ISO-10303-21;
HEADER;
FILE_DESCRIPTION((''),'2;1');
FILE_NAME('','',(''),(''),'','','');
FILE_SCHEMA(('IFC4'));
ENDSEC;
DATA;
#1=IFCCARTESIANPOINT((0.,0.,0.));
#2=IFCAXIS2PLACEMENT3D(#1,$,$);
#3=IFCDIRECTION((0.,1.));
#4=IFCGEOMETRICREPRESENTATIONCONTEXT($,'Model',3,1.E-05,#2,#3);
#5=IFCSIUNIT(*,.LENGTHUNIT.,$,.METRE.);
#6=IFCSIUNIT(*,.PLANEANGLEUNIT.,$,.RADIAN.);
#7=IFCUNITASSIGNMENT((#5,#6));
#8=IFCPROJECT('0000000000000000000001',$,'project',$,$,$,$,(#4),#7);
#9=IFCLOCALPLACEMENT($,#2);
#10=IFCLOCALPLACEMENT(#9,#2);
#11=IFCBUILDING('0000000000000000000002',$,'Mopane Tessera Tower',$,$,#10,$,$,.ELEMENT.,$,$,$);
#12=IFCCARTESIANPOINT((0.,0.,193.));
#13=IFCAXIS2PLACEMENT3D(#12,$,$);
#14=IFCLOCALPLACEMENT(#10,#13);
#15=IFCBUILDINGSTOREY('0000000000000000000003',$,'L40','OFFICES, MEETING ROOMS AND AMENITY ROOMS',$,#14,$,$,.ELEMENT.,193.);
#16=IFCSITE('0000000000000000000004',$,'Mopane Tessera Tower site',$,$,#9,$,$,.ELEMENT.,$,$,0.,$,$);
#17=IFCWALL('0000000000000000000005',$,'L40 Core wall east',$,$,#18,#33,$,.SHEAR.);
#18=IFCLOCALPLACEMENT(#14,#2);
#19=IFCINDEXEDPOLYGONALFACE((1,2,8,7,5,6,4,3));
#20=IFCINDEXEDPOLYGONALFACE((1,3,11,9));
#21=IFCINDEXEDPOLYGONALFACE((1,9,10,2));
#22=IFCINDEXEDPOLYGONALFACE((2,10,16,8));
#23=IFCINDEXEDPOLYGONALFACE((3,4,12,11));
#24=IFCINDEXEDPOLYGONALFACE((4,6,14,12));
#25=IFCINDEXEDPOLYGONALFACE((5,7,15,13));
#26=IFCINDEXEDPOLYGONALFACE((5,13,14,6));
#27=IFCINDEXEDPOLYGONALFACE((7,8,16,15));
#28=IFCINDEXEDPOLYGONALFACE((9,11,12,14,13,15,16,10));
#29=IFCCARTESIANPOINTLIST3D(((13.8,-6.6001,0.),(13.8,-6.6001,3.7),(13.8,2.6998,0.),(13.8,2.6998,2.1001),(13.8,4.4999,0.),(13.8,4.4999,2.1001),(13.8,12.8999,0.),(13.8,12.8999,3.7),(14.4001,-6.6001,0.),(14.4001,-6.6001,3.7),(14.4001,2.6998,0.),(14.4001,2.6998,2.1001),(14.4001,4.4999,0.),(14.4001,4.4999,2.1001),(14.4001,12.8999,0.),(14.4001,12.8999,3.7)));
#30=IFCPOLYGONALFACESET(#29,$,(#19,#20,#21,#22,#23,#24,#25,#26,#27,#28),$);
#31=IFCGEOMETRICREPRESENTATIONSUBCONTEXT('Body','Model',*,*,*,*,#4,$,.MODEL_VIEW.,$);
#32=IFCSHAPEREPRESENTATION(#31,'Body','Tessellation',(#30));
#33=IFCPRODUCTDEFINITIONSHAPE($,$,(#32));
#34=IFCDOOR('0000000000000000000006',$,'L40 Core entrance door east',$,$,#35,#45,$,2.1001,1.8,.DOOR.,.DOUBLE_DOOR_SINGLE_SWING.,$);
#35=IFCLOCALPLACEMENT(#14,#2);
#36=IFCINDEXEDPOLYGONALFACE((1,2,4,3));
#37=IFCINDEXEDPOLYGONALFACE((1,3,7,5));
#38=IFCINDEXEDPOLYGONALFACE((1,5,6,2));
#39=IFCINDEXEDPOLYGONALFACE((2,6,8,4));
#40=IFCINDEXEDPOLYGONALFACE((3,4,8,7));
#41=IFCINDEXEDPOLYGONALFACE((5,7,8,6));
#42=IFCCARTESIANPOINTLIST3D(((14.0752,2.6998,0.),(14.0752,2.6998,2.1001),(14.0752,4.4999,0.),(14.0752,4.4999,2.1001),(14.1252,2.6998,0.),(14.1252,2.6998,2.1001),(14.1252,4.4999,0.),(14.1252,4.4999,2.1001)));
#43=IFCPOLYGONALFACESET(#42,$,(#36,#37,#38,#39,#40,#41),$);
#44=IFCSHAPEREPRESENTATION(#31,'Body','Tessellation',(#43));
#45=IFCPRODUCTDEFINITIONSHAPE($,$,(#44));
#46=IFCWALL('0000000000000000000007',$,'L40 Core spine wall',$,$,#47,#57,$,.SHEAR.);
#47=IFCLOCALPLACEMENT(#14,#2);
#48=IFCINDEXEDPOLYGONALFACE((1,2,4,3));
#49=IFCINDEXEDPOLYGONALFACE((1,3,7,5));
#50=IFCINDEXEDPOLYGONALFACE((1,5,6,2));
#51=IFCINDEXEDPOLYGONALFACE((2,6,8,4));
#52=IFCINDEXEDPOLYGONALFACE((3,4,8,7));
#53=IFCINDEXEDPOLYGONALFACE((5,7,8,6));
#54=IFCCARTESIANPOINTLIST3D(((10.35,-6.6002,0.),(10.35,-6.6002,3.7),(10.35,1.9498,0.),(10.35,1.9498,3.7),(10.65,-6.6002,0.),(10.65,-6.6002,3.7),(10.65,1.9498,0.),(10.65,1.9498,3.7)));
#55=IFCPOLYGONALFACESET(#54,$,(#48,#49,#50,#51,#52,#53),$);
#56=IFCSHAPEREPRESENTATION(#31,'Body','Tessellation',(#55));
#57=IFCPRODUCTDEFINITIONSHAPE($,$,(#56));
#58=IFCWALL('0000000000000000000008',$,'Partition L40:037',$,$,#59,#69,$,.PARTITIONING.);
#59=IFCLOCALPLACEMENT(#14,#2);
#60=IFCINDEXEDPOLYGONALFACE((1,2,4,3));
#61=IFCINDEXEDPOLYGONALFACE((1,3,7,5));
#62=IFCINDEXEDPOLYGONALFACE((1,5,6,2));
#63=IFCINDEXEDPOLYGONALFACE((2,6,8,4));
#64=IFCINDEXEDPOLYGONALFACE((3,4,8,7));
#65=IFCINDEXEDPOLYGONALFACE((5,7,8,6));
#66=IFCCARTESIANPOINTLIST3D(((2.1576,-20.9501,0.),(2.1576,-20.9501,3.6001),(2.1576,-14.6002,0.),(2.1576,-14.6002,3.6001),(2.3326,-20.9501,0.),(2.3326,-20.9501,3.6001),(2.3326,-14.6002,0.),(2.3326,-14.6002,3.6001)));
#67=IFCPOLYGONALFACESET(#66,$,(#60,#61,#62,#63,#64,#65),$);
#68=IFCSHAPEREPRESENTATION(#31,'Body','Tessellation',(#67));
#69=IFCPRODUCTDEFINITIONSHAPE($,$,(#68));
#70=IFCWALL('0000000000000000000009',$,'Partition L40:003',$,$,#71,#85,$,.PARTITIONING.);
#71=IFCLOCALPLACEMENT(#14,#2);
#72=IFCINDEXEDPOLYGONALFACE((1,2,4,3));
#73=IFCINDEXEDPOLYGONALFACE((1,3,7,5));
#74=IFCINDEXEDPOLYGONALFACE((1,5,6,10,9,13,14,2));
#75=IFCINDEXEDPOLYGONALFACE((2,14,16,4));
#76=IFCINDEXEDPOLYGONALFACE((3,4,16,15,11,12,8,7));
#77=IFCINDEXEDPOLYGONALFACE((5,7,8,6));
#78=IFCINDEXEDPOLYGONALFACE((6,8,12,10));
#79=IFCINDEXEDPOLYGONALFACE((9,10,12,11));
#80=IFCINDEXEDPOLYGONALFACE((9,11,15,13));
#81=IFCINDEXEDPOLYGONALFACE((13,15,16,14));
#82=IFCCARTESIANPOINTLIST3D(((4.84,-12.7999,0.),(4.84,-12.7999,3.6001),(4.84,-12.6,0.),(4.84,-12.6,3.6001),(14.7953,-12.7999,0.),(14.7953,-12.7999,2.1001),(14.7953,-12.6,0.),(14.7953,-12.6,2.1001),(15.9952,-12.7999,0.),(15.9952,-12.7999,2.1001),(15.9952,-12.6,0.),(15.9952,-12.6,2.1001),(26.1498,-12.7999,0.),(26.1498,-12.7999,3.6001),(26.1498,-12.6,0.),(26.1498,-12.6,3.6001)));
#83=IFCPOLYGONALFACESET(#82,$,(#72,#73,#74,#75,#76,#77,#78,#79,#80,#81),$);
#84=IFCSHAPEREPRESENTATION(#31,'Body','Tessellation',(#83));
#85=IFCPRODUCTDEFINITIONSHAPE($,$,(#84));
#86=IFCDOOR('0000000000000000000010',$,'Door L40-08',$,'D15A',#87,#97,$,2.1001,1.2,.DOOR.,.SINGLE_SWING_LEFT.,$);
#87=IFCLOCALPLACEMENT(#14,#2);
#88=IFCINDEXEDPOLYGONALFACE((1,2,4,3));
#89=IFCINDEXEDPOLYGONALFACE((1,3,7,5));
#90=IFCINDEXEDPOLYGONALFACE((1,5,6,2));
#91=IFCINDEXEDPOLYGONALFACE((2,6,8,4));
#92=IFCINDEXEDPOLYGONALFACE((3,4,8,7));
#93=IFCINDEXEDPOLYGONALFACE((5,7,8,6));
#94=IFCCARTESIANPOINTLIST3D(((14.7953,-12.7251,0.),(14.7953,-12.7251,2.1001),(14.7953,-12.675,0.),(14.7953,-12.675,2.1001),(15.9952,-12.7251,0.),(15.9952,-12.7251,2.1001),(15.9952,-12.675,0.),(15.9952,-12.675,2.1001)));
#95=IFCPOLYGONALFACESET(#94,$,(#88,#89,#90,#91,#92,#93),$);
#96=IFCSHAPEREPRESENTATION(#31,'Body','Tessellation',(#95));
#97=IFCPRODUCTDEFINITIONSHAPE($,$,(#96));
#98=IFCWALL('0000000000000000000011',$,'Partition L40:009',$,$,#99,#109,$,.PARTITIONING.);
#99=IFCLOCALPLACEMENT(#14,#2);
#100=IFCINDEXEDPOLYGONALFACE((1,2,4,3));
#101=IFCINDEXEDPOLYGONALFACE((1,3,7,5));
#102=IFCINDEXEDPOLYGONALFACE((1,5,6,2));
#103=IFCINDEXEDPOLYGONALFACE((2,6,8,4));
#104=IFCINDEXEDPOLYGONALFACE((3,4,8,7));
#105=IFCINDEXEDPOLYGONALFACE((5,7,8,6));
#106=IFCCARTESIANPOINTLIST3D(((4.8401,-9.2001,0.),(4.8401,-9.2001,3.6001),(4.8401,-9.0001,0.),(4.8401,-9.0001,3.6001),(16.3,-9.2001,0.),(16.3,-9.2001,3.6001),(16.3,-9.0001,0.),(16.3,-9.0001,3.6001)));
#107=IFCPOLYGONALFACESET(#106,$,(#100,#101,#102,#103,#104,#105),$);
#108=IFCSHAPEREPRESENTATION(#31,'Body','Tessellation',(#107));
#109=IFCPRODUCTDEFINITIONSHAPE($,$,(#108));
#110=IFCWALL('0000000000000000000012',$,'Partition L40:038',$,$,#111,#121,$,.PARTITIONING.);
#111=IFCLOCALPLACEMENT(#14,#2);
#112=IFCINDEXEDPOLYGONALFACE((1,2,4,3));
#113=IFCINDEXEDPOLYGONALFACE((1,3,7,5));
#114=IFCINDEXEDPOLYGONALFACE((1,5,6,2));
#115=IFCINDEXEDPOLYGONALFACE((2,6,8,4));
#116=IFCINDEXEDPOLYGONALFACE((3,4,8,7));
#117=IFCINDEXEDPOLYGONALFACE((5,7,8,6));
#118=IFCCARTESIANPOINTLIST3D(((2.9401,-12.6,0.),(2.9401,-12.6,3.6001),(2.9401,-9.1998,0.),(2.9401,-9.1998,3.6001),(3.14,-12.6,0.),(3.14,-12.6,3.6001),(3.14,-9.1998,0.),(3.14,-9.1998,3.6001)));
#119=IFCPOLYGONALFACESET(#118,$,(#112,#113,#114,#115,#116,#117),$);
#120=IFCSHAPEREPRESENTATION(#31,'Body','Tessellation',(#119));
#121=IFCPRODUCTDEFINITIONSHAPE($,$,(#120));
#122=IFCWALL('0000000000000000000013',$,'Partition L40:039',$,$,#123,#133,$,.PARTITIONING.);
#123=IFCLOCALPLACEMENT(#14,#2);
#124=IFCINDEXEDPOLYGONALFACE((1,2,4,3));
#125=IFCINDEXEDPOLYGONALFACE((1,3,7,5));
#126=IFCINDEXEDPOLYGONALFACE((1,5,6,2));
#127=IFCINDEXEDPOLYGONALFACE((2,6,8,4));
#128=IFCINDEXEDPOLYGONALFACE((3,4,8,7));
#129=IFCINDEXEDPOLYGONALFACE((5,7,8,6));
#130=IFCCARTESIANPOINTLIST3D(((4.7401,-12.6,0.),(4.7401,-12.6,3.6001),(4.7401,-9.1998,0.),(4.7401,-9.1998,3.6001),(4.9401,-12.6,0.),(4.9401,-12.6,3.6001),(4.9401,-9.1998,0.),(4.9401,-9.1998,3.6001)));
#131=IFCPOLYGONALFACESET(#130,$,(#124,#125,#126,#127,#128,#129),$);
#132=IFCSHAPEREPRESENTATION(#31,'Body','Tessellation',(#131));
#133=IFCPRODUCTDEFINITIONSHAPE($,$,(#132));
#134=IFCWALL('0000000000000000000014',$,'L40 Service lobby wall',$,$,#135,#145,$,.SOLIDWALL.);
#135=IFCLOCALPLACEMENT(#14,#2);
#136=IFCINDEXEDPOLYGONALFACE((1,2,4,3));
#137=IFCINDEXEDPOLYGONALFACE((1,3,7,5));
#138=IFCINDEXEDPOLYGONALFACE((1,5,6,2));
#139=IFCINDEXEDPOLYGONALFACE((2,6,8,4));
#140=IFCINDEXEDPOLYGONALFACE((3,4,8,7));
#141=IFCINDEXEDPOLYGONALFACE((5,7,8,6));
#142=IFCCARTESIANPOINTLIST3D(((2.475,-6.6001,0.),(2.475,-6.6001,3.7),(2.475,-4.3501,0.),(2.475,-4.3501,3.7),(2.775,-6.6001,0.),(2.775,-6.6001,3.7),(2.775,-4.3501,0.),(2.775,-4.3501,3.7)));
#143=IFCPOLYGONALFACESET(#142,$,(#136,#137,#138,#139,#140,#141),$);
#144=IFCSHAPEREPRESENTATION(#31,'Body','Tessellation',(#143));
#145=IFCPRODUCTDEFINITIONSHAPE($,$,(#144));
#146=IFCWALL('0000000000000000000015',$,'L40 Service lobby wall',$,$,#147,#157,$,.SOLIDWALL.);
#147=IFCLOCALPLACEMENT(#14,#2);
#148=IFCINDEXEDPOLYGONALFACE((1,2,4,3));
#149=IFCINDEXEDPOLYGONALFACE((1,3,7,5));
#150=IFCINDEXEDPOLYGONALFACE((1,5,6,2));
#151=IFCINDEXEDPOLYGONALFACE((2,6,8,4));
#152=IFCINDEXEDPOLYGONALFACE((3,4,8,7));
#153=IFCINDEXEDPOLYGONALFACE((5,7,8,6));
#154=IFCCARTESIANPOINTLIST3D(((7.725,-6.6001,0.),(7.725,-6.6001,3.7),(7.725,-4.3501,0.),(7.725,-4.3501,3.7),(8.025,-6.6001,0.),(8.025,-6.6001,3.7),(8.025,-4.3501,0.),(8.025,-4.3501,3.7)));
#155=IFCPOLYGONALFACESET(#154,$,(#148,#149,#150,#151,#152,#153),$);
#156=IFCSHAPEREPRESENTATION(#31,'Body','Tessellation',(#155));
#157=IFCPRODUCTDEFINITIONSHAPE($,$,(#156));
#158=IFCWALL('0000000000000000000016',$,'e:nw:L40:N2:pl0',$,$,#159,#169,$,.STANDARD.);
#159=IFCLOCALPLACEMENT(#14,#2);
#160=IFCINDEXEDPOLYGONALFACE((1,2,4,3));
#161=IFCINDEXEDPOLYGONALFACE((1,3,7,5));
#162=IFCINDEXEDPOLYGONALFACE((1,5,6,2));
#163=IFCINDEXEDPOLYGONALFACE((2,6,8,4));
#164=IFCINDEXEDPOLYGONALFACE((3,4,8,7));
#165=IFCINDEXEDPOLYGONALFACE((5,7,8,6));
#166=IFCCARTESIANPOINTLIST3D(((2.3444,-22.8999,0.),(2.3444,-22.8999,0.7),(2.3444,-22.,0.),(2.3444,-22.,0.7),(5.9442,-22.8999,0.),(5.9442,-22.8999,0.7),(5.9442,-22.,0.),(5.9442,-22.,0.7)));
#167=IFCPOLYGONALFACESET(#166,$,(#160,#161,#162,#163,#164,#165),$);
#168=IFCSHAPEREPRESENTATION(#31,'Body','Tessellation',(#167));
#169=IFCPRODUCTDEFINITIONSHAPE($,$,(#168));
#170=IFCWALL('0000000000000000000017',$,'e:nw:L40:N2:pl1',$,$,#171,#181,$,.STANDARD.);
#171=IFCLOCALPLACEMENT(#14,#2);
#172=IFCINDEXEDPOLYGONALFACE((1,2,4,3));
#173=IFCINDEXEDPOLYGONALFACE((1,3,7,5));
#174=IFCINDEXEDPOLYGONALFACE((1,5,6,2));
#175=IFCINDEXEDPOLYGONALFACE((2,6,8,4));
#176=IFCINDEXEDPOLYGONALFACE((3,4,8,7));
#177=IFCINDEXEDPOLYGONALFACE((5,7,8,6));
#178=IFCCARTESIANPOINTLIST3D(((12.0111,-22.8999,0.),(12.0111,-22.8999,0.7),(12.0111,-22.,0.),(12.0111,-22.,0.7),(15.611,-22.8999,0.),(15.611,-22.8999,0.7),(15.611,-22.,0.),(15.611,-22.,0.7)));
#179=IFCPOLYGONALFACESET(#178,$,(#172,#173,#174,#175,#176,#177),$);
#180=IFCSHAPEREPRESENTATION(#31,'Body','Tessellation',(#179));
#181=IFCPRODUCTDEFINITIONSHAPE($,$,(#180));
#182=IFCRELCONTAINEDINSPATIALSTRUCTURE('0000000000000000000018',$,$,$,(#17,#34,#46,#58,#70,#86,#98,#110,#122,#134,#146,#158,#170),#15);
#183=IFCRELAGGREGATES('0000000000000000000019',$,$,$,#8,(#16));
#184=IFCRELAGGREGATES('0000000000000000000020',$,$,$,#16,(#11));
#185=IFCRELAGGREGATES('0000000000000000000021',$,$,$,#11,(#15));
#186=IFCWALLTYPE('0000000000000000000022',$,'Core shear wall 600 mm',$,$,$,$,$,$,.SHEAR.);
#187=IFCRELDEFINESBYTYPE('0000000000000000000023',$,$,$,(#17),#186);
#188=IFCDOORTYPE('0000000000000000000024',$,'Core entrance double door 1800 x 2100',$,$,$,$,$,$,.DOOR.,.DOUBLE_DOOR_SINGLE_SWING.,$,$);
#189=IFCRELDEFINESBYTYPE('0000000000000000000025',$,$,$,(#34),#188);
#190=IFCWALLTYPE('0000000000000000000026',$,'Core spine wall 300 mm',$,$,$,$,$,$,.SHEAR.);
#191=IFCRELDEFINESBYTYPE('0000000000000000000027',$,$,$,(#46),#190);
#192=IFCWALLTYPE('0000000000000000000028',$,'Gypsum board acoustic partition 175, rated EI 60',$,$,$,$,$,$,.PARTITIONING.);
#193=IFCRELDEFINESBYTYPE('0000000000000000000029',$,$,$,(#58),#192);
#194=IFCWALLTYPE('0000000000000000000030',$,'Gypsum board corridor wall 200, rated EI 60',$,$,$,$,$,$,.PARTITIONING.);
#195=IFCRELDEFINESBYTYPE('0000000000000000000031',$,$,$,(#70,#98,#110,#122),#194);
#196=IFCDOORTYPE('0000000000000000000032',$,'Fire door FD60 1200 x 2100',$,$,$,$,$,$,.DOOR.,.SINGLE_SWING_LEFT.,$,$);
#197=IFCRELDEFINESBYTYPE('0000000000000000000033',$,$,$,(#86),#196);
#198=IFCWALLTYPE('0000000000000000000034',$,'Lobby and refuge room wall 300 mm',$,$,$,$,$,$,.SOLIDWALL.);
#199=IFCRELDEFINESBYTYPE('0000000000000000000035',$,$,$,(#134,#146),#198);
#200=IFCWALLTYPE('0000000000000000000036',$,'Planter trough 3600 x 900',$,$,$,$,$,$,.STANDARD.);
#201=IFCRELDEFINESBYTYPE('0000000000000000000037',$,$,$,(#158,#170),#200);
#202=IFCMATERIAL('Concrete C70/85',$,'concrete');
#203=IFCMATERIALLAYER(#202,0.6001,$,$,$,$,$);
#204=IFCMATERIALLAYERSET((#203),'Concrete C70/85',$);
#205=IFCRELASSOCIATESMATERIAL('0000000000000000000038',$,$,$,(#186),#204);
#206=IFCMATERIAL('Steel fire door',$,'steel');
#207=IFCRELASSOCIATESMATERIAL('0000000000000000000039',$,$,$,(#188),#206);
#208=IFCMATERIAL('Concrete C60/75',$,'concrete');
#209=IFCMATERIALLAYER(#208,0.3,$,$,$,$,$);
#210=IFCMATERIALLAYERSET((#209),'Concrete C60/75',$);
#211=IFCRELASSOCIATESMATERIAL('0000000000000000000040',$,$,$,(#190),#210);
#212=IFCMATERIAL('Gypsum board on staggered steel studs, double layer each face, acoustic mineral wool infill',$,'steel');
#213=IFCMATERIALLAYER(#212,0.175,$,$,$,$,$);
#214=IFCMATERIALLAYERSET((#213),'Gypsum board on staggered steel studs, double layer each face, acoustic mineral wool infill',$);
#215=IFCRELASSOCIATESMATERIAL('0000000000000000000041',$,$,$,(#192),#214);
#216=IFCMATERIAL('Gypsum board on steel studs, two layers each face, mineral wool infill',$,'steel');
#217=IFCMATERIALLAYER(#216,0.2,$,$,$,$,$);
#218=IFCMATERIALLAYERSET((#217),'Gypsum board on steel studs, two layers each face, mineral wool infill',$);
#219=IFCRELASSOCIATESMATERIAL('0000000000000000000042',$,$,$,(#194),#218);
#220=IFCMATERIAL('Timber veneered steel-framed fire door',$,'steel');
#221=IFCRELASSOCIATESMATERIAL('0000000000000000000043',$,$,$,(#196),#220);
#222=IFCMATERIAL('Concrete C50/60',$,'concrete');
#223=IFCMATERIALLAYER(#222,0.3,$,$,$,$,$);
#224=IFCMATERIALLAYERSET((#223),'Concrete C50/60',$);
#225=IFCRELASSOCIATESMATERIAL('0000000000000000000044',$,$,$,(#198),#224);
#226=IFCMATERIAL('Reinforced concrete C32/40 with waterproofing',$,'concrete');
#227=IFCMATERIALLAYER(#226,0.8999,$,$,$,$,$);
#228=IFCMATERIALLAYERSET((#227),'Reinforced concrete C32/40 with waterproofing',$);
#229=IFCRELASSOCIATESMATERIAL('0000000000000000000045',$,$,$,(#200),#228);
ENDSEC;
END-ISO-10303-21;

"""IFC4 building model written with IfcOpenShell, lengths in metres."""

from ifc_helpers import new_model, si_unit, direction, frame, frame_2d, origin, place, context, subcontext, project, spatial, rectangle, extrude, material, layer, layer_set, type_object, element, fill, save


model = new_model("IFC4")

# Units and contexts
model_context = context("Model", 3, precision=1e-05, world=origin(), true_north=direction((0.0, 1.0)))
body_context = subcontext(model_context, "Body", "Model", "MODEL_VIEW")
ifc_project = project(units=[si_unit("LENGTHUNIT", "METRE"), si_unit("PLANEANGLEUNIT", "RADIAN")], contexts=[model_context])

# Site, building, storey
site_placement = place(None, origin())
site = spatial("IfcSite", under=ifc_project, at=site_placement, Name="Mopane Tessera Tower site", CompositionType="ELEMENT", RefElevation=0.0)
building_placement = place(site_placement, origin())
building = spatial("IfcBuilding", under=site, at=building_placement, Name="Mopane Tessera Tower", CompositionType="ELEMENT")
storey_placement = place(building_placement, frame((0.0, 0.0, 193.0)))
storey = spatial("IfcBuildingStorey", under=building, at=storey_placement, Name="L40", Description="OFFICES, MEETING ROOMS AND AMENITY ROOMS", CompositionType="ELEMENT", Elevation=193.0)

# Wall, opening, door
ifc_material_1 = material(Name="Concrete C70/85", Category="concrete")
ifc_layer_1 = layer(ifc_material_1, 0.6001)
ifc_layer_set_1 = layer_set([ifc_layer_1], Name="Concrete C70/85")
wall_type_1 = type_object("IfcWallType", Name="Core shear wall 600 mm", PredefinedType="SHEAR", material=ifc_layer_set_1)
wall_1_placement = place(storey_placement, frame((14.1001, -6.6001, 0.0), z_axis=(0.0, 0.0, 1.0), x_axis=(0.0, 1.0, 0.0)))
wall_1 = element("IfcWall", 1, at=wall_1_placement, inside=storey, type_object=wall_type_1, Name="L40 Core wall east", PredefinedType="SHEAR", context=body_context, shape_type="SweptSolid", body=[
    extrude(rectangle(XDim=19.5, YDim=0.6001, at=frame_2d((9.75, 0.0))), origin(), (0.0, 0.0, 1.0), 3.7),
])
opening_1_placement = place(wall_1_placement, frame((9.3, 0.0, 0.0)))
opening_1 = element("IfcOpeningElement", 2, at=opening_1_placement, cuts=wall_1, PredefinedType="OPENING", context=body_context, shape_type="SweptSolid", body=[
    extrude(rectangle(XDim=1.8, YDim=2.1001, at=frame_2d((0.8999, 1.05))), frame((0.0, 0.312, 0.0), z_axis=(0.0, -1.0, 0.0), x_axis=(1.0, 0.0, 0.0)), (0.0, 0.0, 1.0), 0.624),
])
ifc_material_2 = material(Name="Steel fire door", Category="steel")
door_type_1 = type_object("IfcDoorType", Name="Core entrance double door 1800 x 2100", OperationType="DOUBLE_DOOR_SINGLE_SWING", PredefinedType="DOOR", material=ifc_material_2)
door_1_placement = place(opening_1_placement, origin())
door_1 = element("IfcDoor", 3, at=door_1_placement, inside=storey, type_object=door_type_1, Name="L40 Core entrance door east", OperationType="DOUBLE_DOOR_SINGLE_SWING", OverallHeight=2.1001, OverallWidth=1.8, PredefinedType="DOOR", context=body_context, shape_type="SweptSolid", body=[
    extrude(rectangle(XDim=1.8, YDim=2.1001, at=frame_2d((0.8999, 1.05))), frame((0.0, 0.0249, 0.0), z_axis=(0.0, -1.0, 0.0), x_axis=(1.0, 0.0, 0.0)), (0.0, 0.0, 1.0), 0.05),
])
fill(opening_1, door_1)

# Walls
ifc_material_3 = material(Name="Concrete C60/75", Category="concrete")
ifc_layer_2 = layer(ifc_material_3, 0.3)
ifc_layer_set_2 = layer_set([ifc_layer_2], Name="Concrete C60/75")
wall_type_2 = type_object("IfcWallType", Name="Core spine wall 300 mm", PredefinedType="SHEAR", material=ifc_layer_set_2)
wall_2_placement = place(storey_placement, frame((10.5, -6.6001, 0.0), z_axis=(0.0, 0.0, 1.0), x_axis=(0.0, 1.0, 0.0)))
element("IfcWall", 4, at=wall_2_placement, inside=storey, type_object=wall_type_2, Name="L40 Core spine wall", PredefinedType="SHEAR", context=body_context, shape_type="SweptSolid", body=[
    extrude(rectangle(XDim=8.55, YDim=0.3, at=frame_2d((4.2749, 0.0))), origin(), (0.0, 0.0, 1.0), 3.7),
])
ifc_material_4 = material(Name="Gypsum board on staggered steel studs, double layer each face, acoustic mineral wool infill", Category="steel")
ifc_layer_3 = layer(ifc_material_4, 0.175)
ifc_layer_set_3 = layer_set([ifc_layer_3], Name="Gypsum board on staggered steel studs, double layer each face, acoustic mineral wool infill")
wall_type_3 = type_object("IfcWallType", Name="Gypsum board acoustic partition 175, rated EI 60", PredefinedType="PARTITIONING", material=ifc_layer_set_3)
wall_3_placement = place(storey_placement, frame((2.2451, -20.95, 0.0), z_axis=(0.0, 0.0, 1.0), x_axis=(0.0, 1.0, 0.0)))
element("IfcWall", 5, at=wall_3_placement, inside=storey, type_object=wall_type_3, Name="Partition L40:037", PredefinedType="PARTITIONING", context=body_context, shape_type="SweptSolid", body=[
    extrude(rectangle(XDim=6.3499, YDim=0.175, at=frame_2d((3.1748, 0.0))), origin(), (0.0, 0.0, 1.0), 3.6001),
])

# Wall, opening, door
ifc_material_5 = material(Name="Gypsum board on steel studs, two layers each face, mineral wool infill", Category="steel")
ifc_layer_4 = layer(ifc_material_5, 0.2)
ifc_layer_set_4 = layer_set([ifc_layer_4], Name="Gypsum board on steel studs, two layers each face, mineral wool infill")
wall_type_4 = type_object("IfcWallType", Name="Gypsum board corridor wall 200, rated EI 60", PredefinedType="PARTITIONING", material=ifc_layer_set_4)
wall_4_placement = place(storey_placement, frame((4.8401, -12.7, 0.0), z_axis=(0.0, 0.0, 1.0), x_axis=(1.0, 0.0, 0.0)))
wall_4 = element("IfcWall", 6, at=wall_4_placement, inside=storey, type_object=wall_type_4, Name="Partition L40:003", PredefinedType="PARTITIONING", context=body_context, shape_type="SweptSolid", body=[
    extrude(rectangle(XDim=21.3098, YDim=0.2, at=frame_2d((10.6548, 0.0))), origin(), (0.0, 0.0, 1.0), 3.6001),
])
opening_2_placement = place(wall_4_placement, frame((9.9551, 0.0, 0.0)))
opening_2 = element("IfcOpeningElement", 7, at=opening_2_placement, cuts=wall_4, PredefinedType="OPENING", context=body_context, shape_type="SweptSolid", body=[
    extrude(rectangle(XDim=1.2, YDim=2.1001, at=frame_2d((0.6001, 1.05))), frame((0.0, 0.1121, 0.0), z_axis=(0.0, -1.0, 0.0), x_axis=(1.0, 0.0, 0.0)), (0.0, 0.0, 1.0), 0.2239),
])
ifc_material_6 = material(Name="Timber veneered steel-framed fire door", Category="steel")
door_type_2 = type_object("IfcDoorType", Name="Fire door FD60 1200 x 2100", OperationType="SINGLE_SWING_LEFT", PredefinedType="DOOR", material=ifc_material_6)
door_2_placement = place(opening_2_placement, origin())
door_2 = element("IfcDoor", 8, at=door_2_placement, inside=storey, type_object=door_type_2, Name="Door L40-08", ObjectType="D15A", OperationType="SINGLE_SWING_LEFT", OverallHeight=2.1001, OverallWidth=1.2, PredefinedType="DOOR", context=body_context, shape_type="SweptSolid", body=[
    extrude(rectangle(XDim=1.2, YDim=2.1001, at=frame_2d((0.6001, 1.05))), frame((0.0, 0.0249, 0.0), z_axis=(0.0, -1.0, 0.0), x_axis=(1.0, 0.0, 0.0)), (0.0, 0.0, 1.0), 0.05),
])
fill(opening_2, door_2)

# Walls
wall_5_placement = place(storey_placement, frame((4.8401, -9.1001, 0.0), z_axis=(0.0, 0.0, 1.0), x_axis=(1.0, 0.0, 0.0)))
element("IfcWall", 9, at=wall_5_placement, inside=storey, type_object=wall_type_4, Name="Partition L40:009", PredefinedType="PARTITIONING", context=body_context, shape_type="SweptSolid", body=[
    extrude(rectangle(XDim=11.46, YDim=0.2, at=frame_2d((5.73, 0.0))), origin(), (0.0, 0.0, 1.0), 3.6001),
])
for number, where, z_axis, x_axis, name in (
    (10, (3.04, -12.6001, 0.0), (0.0, 0.0, 1.0), (0.0, 1.0, 0.0), "Partition L40:038"),
    (11, (4.8401, -12.6001, 0.0), (0.0, 0.0, 1.0), (0.0, 1.0, 0.0), "Partition L40:039"),
):
    element("IfcWall", number, at=place(storey_placement, frame(where, z_axis=z_axis, x_axis=x_axis)), inside=storey, type_object=wall_type_4, Name=name, PredefinedType="PARTITIONING", context=body_context, shape_type="SweptSolid", body=[
        extrude(rectangle(XDim=3.4001, YDim=0.2, at=frame_2d((1.7002, 0.0))), origin(), (0.0, 0.0, 1.0), 3.6001),
    ])
ifc_material_7 = material(Name="Concrete C50/60", Category="concrete")
ifc_layer_5 = layer(ifc_material_7, 0.3)
ifc_layer_set_5 = layer_set([ifc_layer_5], Name="Concrete C50/60")
wall_type_5 = type_object("IfcWallType", Name="Lobby and refuge room wall 300 mm", PredefinedType="SOLIDWALL", material=ifc_layer_set_5)
for number, where, z_axis, x_axis, name in (
    (12, (2.625, -6.6001, 0.0), (0.0, 0.0, 1.0), (0.0, 1.0, 0.0), "L40 Service lobby wall"),
    (13, (7.875, -6.6001, 0.0), (0.0, 0.0, 1.0), (0.0, 1.0, 0.0), "L40 Service lobby wall"),
):
    element("IfcWall", number, at=place(storey_placement, frame(where, z_axis=z_axis, x_axis=x_axis)), inside=storey, type_object=wall_type_5, Name=name, PredefinedType="SOLIDWALL", context=body_context, shape_type="SweptSolid", body=[
        extrude(rectangle(XDim=2.25, YDim=0.3, at=frame_2d((1.125, 0.0))), origin(), (0.0, 0.0, 1.0), 3.7),
    ])
ifc_material_8 = material(Name="Reinforced concrete C32/40 with waterproofing", Category="concrete")
ifc_layer_6 = layer(ifc_material_8, 0.8999)
ifc_layer_set_6 = layer_set([ifc_layer_6], Name="Reinforced concrete C32/40 with waterproofing")
wall_type_6 = type_object("IfcWallType", Name="Planter trough 3600 x 900", PredefinedType="STANDARD", material=ifc_layer_set_6)
for number, where, z_axis, x_axis, name in (
    (14, (2.3445, -22.45, 0.0), (0.0, 0.0, 1.0), (1.0, 0.0, 0.0), "e:nw:L40:N2:pl0"),
    (15, (12.0112, -22.45, 0.0), (0.0, 0.0, 1.0), (1.0, 0.0, 0.0), "e:nw:L40:N2:pl1"),
):
    element("IfcWall", number, at=place(storey_placement, frame(where, z_axis=z_axis, x_axis=x_axis)), inside=storey, type_object=wall_type_6, Name=name, PredefinedType="STANDARD", context=body_context, shape_type="SweptSolid", body=[
        extrude(rectangle(XDim=3.5999, YDim=0.8999, at=frame_2d((1.7998, 0.0))), origin(), (0.0, 0.0, 1.0), 0.7),
    ])

save(model, "model.ifc")
